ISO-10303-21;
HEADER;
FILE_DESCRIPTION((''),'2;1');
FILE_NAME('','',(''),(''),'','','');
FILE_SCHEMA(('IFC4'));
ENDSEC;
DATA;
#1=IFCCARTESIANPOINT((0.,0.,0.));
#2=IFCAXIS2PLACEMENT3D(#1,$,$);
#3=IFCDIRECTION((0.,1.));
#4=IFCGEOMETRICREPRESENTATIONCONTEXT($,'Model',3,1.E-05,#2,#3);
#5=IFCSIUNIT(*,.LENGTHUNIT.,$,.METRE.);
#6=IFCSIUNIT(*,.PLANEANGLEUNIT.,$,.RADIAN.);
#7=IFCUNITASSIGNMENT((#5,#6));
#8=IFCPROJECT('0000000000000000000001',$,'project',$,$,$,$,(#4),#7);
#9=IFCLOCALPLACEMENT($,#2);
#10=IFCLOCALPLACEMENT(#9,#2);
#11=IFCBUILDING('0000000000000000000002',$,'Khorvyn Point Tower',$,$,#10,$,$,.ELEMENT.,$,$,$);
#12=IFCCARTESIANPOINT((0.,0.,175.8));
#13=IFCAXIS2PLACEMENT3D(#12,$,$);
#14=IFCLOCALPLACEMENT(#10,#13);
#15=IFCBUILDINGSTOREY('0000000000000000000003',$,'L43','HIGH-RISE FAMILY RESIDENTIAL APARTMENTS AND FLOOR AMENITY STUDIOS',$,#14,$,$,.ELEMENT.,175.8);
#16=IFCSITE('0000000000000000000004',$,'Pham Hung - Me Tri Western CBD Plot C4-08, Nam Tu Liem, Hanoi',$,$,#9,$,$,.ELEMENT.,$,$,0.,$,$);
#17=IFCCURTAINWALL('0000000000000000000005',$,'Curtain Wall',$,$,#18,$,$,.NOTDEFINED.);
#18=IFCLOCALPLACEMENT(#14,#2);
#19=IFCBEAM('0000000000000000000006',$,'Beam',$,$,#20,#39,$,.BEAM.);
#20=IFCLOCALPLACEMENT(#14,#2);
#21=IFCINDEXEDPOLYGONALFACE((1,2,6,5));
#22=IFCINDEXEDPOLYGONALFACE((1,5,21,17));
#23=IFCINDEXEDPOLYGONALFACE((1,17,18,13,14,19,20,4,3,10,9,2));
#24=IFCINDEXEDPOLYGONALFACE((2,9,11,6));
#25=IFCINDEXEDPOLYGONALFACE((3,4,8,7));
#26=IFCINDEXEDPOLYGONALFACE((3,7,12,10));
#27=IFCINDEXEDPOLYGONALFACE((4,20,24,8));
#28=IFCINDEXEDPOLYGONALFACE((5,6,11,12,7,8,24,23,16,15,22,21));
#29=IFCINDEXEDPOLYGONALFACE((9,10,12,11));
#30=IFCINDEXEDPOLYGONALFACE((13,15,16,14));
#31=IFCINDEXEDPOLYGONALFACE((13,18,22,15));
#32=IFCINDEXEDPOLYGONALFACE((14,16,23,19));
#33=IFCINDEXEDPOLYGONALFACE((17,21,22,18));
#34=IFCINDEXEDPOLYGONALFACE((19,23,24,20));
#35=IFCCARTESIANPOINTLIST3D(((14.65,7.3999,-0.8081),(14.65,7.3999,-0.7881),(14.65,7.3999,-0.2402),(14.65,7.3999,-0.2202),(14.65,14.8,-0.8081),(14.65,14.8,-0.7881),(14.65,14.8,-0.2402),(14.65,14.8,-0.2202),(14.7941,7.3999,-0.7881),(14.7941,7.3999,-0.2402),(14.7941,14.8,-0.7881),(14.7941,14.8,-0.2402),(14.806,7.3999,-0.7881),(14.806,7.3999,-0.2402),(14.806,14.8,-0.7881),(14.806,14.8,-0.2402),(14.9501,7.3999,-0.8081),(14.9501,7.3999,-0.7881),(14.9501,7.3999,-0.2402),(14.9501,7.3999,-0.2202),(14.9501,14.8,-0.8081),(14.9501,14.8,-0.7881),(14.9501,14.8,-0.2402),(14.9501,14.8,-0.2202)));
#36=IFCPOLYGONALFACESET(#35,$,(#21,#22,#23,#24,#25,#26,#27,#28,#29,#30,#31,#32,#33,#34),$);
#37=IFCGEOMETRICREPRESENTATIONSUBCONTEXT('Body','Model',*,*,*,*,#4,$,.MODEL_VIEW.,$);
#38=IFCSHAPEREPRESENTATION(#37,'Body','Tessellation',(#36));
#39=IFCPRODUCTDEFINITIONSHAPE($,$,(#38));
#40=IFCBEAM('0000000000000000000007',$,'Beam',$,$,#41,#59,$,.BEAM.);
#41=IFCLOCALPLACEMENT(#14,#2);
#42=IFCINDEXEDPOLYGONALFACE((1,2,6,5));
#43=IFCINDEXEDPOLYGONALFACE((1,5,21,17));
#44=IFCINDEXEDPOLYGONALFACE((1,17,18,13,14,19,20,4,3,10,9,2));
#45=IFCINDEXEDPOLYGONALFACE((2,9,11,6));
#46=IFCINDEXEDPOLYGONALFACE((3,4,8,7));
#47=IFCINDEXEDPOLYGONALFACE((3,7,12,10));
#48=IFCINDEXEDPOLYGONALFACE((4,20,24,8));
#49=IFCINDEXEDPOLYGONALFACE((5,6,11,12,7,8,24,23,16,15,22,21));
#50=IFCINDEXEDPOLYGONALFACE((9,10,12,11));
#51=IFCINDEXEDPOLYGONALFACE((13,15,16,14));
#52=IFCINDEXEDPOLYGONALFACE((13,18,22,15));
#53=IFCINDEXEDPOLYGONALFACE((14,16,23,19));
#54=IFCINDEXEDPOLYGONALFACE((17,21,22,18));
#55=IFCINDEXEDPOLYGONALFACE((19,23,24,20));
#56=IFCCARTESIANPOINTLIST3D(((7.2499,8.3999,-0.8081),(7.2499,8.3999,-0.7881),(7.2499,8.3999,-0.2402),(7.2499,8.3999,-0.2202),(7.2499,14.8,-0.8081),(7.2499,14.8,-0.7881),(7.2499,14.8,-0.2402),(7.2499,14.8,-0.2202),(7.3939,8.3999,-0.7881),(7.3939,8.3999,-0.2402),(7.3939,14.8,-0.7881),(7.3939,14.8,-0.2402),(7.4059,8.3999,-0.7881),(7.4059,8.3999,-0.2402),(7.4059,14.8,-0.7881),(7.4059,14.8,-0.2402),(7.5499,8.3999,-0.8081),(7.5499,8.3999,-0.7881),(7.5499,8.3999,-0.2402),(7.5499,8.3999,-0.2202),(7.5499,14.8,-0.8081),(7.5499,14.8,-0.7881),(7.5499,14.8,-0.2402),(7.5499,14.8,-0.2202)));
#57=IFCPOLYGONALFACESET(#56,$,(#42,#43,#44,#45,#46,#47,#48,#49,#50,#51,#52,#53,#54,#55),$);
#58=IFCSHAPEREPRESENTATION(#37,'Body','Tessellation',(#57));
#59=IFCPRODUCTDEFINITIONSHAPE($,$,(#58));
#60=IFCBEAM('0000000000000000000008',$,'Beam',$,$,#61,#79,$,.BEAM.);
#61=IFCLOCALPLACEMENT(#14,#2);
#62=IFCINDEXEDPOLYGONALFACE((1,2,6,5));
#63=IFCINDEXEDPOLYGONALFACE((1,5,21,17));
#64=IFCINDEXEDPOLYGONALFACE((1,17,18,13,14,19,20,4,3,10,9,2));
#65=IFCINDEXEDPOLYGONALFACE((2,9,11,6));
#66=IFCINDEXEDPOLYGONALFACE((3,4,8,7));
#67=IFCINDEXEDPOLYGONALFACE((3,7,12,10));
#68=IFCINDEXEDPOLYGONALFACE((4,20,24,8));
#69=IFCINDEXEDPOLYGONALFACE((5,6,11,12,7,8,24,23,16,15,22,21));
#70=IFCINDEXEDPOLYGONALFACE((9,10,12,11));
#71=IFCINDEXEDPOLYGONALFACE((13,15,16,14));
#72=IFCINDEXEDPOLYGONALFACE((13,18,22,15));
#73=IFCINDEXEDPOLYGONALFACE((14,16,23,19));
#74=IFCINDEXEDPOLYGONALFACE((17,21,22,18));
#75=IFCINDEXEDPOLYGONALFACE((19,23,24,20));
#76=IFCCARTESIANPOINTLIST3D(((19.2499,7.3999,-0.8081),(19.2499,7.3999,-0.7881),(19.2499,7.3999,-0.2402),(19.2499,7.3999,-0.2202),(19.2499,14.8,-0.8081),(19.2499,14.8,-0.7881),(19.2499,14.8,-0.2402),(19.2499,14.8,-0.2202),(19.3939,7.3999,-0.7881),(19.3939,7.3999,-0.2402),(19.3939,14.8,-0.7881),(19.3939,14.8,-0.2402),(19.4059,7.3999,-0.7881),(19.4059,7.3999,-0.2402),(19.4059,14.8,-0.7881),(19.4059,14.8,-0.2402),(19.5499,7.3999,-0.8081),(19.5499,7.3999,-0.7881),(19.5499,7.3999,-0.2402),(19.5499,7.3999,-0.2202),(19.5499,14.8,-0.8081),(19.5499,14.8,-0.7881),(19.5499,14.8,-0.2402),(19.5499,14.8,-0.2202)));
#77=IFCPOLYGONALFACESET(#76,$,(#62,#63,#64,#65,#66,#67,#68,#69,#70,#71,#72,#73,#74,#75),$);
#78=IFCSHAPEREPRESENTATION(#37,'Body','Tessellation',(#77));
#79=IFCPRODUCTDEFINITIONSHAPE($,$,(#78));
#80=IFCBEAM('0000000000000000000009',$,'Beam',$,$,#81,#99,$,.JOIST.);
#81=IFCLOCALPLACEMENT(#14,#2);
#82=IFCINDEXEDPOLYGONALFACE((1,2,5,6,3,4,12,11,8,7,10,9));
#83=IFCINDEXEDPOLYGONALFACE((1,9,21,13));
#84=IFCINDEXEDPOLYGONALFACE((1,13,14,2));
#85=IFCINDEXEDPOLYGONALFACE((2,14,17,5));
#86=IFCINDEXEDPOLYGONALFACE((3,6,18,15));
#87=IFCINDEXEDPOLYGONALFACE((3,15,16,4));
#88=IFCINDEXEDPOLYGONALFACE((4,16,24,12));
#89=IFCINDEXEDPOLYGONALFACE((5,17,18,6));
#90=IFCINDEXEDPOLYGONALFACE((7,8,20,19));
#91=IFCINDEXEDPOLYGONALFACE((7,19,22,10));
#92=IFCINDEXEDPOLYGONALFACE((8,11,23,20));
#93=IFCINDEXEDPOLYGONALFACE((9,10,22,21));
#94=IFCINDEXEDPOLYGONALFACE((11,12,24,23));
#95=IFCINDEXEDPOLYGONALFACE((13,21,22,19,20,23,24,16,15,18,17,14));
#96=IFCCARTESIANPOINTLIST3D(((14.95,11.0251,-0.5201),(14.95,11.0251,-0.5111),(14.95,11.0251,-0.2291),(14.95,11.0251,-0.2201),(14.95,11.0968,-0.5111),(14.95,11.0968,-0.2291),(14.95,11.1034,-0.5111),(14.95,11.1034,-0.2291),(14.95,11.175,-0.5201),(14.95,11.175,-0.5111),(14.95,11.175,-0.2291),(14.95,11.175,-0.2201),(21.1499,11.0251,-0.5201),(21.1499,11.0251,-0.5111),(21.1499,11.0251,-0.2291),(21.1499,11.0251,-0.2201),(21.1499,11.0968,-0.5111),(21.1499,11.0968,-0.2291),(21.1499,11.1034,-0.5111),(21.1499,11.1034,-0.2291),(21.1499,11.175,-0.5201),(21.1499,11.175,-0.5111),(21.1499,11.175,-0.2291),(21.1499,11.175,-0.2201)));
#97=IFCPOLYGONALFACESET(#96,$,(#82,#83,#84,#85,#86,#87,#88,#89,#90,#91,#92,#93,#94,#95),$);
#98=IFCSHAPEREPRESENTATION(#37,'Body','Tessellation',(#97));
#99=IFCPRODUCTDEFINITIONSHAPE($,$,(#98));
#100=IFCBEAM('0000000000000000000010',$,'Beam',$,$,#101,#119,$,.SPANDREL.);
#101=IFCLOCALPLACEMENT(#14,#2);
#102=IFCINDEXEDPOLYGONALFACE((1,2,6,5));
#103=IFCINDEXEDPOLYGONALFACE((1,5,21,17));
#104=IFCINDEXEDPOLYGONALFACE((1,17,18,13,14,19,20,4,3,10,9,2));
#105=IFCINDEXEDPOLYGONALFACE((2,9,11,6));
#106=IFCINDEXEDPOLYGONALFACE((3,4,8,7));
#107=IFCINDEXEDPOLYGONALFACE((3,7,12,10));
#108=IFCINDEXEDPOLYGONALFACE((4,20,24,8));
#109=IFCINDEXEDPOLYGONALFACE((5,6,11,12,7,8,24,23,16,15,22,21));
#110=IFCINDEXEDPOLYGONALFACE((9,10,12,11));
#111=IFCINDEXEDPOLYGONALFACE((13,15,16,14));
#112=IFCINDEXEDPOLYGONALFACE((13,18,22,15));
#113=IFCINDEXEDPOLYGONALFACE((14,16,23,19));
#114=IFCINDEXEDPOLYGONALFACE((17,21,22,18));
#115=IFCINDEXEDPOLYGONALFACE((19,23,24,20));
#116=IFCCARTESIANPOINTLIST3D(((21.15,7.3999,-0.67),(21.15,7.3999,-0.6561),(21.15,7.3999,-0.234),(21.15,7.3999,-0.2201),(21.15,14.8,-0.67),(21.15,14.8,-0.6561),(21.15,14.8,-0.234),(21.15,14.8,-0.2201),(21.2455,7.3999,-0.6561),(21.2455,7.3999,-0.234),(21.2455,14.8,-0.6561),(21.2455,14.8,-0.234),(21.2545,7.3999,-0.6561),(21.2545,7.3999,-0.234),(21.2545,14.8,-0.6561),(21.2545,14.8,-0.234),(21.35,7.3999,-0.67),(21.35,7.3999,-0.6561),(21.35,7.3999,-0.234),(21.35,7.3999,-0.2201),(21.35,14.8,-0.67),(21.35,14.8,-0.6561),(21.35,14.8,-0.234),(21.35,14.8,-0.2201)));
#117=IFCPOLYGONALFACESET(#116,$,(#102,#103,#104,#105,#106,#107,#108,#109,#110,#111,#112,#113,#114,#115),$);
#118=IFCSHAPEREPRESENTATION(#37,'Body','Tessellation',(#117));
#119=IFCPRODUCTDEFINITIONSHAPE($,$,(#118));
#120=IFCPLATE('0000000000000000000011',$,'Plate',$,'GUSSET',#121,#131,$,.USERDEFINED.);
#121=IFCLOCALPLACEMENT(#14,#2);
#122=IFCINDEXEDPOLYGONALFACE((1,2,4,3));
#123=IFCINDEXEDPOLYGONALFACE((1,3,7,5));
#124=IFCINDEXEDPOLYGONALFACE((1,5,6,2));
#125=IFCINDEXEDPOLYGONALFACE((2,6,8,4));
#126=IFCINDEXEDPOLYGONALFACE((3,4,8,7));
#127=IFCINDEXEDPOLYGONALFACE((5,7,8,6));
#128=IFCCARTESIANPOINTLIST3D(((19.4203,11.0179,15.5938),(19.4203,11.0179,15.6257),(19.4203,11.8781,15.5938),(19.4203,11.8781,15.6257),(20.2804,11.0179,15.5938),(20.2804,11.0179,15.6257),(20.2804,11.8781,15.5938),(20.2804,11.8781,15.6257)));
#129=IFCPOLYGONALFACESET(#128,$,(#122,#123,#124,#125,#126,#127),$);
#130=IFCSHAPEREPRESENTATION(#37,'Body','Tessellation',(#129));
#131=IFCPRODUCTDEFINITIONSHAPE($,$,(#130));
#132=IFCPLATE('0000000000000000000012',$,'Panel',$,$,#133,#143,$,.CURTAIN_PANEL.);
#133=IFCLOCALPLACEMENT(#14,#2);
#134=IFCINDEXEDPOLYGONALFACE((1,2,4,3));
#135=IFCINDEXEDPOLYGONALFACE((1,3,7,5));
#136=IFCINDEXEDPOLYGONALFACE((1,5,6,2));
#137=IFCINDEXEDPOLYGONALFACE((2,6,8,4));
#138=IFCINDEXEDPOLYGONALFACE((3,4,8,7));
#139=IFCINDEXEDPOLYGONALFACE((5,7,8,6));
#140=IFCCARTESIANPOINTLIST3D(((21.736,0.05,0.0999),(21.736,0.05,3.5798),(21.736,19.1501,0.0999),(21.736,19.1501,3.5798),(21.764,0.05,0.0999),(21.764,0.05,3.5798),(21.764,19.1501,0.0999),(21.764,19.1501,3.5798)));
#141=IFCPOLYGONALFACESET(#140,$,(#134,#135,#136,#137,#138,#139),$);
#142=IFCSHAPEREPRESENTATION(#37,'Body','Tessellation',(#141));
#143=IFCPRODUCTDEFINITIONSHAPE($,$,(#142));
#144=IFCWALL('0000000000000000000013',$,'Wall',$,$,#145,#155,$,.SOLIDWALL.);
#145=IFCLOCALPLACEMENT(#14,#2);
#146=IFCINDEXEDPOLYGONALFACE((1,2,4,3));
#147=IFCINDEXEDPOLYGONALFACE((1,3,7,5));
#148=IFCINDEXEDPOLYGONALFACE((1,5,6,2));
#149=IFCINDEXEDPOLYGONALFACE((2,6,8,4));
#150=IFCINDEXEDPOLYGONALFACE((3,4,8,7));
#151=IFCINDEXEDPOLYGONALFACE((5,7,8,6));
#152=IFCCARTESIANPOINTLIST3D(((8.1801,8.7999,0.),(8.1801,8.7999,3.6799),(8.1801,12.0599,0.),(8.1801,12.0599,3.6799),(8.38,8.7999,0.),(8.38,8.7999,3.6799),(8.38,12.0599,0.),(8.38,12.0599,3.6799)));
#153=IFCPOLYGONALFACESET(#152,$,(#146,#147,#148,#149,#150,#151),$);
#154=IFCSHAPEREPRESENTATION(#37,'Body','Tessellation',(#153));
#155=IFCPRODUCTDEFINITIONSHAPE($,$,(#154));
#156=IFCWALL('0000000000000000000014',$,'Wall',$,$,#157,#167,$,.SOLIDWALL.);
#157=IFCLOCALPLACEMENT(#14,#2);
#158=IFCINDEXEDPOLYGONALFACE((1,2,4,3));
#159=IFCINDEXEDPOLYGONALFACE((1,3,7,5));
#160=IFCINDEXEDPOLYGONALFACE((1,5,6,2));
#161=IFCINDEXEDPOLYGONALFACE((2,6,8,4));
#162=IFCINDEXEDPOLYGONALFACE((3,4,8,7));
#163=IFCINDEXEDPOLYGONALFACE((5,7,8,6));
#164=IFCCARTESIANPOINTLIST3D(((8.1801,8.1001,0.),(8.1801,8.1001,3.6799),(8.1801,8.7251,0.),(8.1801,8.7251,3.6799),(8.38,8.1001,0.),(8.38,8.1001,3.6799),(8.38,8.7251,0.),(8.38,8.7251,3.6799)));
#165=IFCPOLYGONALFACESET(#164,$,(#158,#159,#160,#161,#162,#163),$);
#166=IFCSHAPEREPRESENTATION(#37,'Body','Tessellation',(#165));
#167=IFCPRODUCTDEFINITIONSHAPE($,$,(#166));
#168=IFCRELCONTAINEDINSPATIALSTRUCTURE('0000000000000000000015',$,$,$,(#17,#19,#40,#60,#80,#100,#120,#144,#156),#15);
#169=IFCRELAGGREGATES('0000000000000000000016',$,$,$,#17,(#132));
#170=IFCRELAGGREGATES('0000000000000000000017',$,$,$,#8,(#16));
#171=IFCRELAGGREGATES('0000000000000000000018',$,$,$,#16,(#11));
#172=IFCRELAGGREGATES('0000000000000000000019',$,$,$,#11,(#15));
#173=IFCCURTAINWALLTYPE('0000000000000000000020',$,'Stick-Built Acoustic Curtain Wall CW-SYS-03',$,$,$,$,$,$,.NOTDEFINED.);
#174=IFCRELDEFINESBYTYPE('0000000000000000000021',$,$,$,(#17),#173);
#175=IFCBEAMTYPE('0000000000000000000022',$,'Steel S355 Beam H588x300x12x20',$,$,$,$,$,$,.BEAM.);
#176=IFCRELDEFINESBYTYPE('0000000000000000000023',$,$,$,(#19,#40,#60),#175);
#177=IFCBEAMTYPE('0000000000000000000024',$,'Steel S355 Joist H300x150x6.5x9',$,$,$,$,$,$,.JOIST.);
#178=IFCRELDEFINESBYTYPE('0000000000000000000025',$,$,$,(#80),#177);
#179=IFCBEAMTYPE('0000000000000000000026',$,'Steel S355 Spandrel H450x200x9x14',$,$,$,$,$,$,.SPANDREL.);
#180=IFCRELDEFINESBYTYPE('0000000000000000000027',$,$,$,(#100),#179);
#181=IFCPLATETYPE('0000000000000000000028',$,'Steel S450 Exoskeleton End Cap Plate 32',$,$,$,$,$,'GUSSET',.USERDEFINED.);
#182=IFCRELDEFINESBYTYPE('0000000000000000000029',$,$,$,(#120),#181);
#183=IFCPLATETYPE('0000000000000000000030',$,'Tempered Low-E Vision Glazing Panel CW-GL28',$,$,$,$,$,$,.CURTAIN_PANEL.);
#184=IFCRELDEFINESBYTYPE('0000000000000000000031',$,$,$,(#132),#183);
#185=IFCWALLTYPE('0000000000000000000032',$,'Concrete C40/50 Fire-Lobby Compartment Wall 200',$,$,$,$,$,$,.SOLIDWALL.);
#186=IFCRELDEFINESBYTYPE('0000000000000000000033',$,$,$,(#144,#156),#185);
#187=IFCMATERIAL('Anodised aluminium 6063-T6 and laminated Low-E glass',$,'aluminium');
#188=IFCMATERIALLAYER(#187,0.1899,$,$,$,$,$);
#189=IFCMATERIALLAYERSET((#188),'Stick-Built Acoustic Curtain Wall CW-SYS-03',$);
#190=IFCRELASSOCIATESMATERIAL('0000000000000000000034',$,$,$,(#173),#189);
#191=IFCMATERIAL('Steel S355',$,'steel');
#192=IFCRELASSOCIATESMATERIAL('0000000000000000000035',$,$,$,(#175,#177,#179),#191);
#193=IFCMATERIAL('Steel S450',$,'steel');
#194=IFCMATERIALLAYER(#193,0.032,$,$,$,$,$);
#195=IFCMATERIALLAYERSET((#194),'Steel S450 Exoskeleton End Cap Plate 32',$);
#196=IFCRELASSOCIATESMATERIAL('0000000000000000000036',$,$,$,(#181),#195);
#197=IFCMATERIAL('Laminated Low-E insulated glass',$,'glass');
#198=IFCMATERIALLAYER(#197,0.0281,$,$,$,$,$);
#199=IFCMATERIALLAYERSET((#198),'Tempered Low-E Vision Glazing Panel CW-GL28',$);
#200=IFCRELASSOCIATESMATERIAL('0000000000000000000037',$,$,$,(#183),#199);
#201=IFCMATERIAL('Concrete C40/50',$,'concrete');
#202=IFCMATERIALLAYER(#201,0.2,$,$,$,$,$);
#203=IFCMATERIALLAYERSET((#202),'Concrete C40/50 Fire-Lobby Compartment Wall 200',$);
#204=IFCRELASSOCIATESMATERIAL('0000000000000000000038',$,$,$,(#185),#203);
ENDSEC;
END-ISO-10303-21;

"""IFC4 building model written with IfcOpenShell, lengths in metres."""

from ifc_helpers import new_model, si_unit, direction, frame, frame_2d, origin, origin_2d, place, context, subcontext, project, spatial, rectangle, i_section, extrude, material, layer, layer_set, material_profile, profile_set, type_object, element, aggregate, save


model = new_model("IFC4")

# Units and contexts
model_context = context("Model", 3, precision=1e-05, world=origin(), true_north=direction((0.0, 1.0)))
body_context = subcontext(model_context, "Body", "Model", "MODEL_VIEW")
ifc_project = project(units=[si_unit("LENGTHUNIT", "METRE"), si_unit("PLANEANGLEUNIT", "RADIAN")], contexts=[model_context])

# Site, building, storey
site_placement = place(None, origin())
site = spatial("IfcSite", under=ifc_project, at=site_placement, Name="Pham Hung - Me Tri Western CBD Plot C4-08, Nam Tu Liem, Hanoi", CompositionType="ELEMENT", RefElevation=0.0)
building_placement = place(site_placement, origin())
building = spatial("IfcBuilding", under=site, at=building_placement, Name="Khorvyn Point Tower", CompositionType="ELEMENT")
storey_placement = place(building_placement, frame((0.0, 0.0, 175.8)))
storey = spatial("IfcBuildingStorey", under=building, at=storey_placement, Name="L43", Description="HIGH-RISE FAMILY RESIDENTIAL APARTMENTS AND FLOOR AMENITY STUDIOS", CompositionType="ELEMENT", Elevation=175.8)

# Shared definitions
ifc_material_1 = material(Name="Steel S450", Category="steel")

# Curtain wall
ifc_material_2 = material(Name="Anodised aluminium 6063-T6 and laminated Low-E glass", Category="aluminium")
ifc_layer_1 = layer(ifc_material_2, 0.1899)
ifc_layer_set_1 = layer_set([ifc_layer_1], Name="Stick-Built Acoustic Curtain Wall CW-SYS-03")
curtain_wall_type = type_object("IfcCurtainWallType", Name="Stick-Built Acoustic Curtain Wall CW-SYS-03", PredefinedType="NOTDEFINED", material=ifc_layer_set_1)
curtain_wall_placement = place(storey_placement, origin())
curtain_wall = element("IfcCurtainWall", 1, at=curtain_wall_placement, inside=storey, type_object=curtain_wall_type, Name="Curtain Wall", PredefinedType="NOTDEFINED")

# Beams
ifc_material_3 = material(Name="Steel S355", Category="steel")
ifc_material_profile_1 = material_profile(ifc_material_3, i_section(OverallWidth=0.3, OverallDepth=0.5879, WebThickness=0.012, FlangeThickness=0.02, at=origin_2d()))
ifc_profile_set_1 = profile_set([ifc_material_profile_1], Name="Steel S355 H588x300x12x20")
beam_type_1 = type_object("IfcBeamType", Name="Steel S355 Beam H588x300x12x20", PredefinedType="BEAM", material=ifc_profile_set_1)
beam_1_placement = place(storey_placement, frame((14.8, 7.3999, -0.5142), z_axis=(0.0, 1.0, 0.0), x_axis=(-1.0, 0.0, 0.0)))
element("IfcBeam", 2, at=beam_1_placement, inside=storey, type_object=beam_type_1, Name="Beam", PredefinedType="BEAM", context=body_context, shape_type="SweptSolid", body=[
    extrude(i_section(OverallWidth=0.3, OverallDepth=0.5879, WebThickness=0.012, FlangeThickness=0.02, at=origin_2d()), origin(), (0.0, 0.0, 1.0), 7.4001),
])
beam_2_placement = place(storey_placement, frame((7.3999, 8.3999, -0.5142), z_axis=(0.0, 1.0, 0.0), x_axis=(-1.0, 0.0, 0.0)))
element("IfcBeam", 3, at=beam_2_placement, inside=storey, type_object=beam_type_1, Name="Beam", PredefinedType="BEAM", context=body_context, shape_type="SweptSolid", body=[
    extrude(i_section(OverallWidth=0.3, OverallDepth=0.5879, WebThickness=0.012, FlangeThickness=0.02, at=origin_2d()), origin(), (0.0, 0.0, 1.0), 6.4001),
])
beam_3_placement = place(storey_placement, frame((19.3999, 7.3999, -0.5142), z_axis=(0.0, 1.0, 0.0), x_axis=(-1.0, 0.0, 0.0)))
element("IfcBeam", 4, at=beam_3_placement, inside=storey, type_object=beam_type_1, Name="Beam", PredefinedType="BEAM", context=body_context, shape_type="SweptSolid", body=[
    extrude(i_section(OverallWidth=0.3, OverallDepth=0.5879, WebThickness=0.012, FlangeThickness=0.02, at=origin_2d()), origin(), (0.0, 0.0, 1.0), 7.4001),
])
ifc_material_profile_2 = material_profile(ifc_material_3, i_section(OverallWidth=0.1499, OverallDepth=0.3, WebThickness=0.0066, FlangeThickness=0.009, at=origin_2d()))
ifc_profile_set_2 = profile_set([ifc_material_profile_2], Name="Steel S355 H300x150x6.5x9")
beam_type_2 = type_object("IfcBeamType", Name="Steel S355 Joist H300x150x6.5x9", PredefinedType="JOIST", material=ifc_profile_set_2)
beam_4_placement = place(storey_placement, frame((14.95, 11.1001, -0.3701), z_axis=(1.0, 0.0, 0.0), x_axis=(0.0, 1.0, 0.0)))
element("IfcBeam", 5, at=beam_4_placement, inside=storey, type_object=beam_type_2, Name="Beam", PredefinedType="JOIST", context=body_context, shape_type="SweptSolid", body=[
    extrude(i_section(OverallWidth=0.1499, OverallDepth=0.3, WebThickness=0.0066, FlangeThickness=0.009, at=origin_2d()), origin(), (0.0, 0.0, 1.0), 6.2),
])
ifc_material_profile_3 = material_profile(ifc_material_3, i_section(OverallWidth=0.2, OverallDepth=0.45, WebThickness=0.009, FlangeThickness=0.0139, at=origin_2d()))
ifc_profile_set_3 = profile_set([ifc_material_profile_3], Name="Steel S355 H450x200x9x14")
beam_type_3 = type_object("IfcBeamType", Name="Steel S355 Spandrel H450x200x9x14", PredefinedType="SPANDREL", material=ifc_profile_set_3)
beam_5_placement = place(storey_placement, frame((21.25, 7.3999, -0.4451), z_axis=(0.0, 1.0, 0.0), x_axis=(-1.0, 0.0, 0.0)))
element("IfcBeam", 6, at=beam_5_placement, inside=storey, type_object=beam_type_3, Name="Beam", PredefinedType="SPANDREL", context=body_context, shape_type="SweptSolid", body=[
    extrude(i_section(OverallWidth=0.2, OverallDepth=0.45, WebThickness=0.009, FlangeThickness=0.0139, at=origin_2d()), origin(), (0.0, 0.0, 1.0), 7.4001),
])

# Plates
ifc_layer_2 = layer(ifc_material_1, 0.032)
ifc_layer_set_2 = layer_set([ifc_layer_2], Name="Steel S450 Exoskeleton End Cap Plate 32")
plate_type_1 = type_object("IfcPlateType", Name="Steel S450 Exoskeleton End Cap Plate 32", ElementType="GUSSET", PredefinedType="USERDEFINED", material=ifc_layer_set_2)
plate_1_placement = place(storey_placement, frame((19.8503, 11.448, 15.5938), z_axis=(0.0, 0.0, 1.0), x_axis=(1.0, 0.0, 0.0)))
element("IfcPlate", 7, at=plate_1_placement, inside=storey, type_object=plate_type_1, Name="Plate", ObjectType="GUSSET", PredefinedType="USERDEFINED", context=body_context, shape_type="SweptSolid", body=[
    extrude(rectangle(XDim=0.8601, YDim=0.8601, at=origin_2d()), origin(), (0.0, 0.0, 1.0), 0.032),
])
ifc_material_4 = material(Name="Laminated Low-E insulated glass", Category="glass")
ifc_layer_3 = layer(ifc_material_4, 0.0281)
ifc_layer_set_3 = layer_set([ifc_layer_3], Name="Tempered Low-E Vision Glazing Panel CW-GL28")
plate_type_2 = type_object("IfcPlateType", Name="Tempered Low-E Vision Glazing Panel CW-GL28", PredefinedType="CURTAIN_PANEL", material=ifc_layer_set_3)
plate_2_placement = place(storey_placement, frame((21.75, 9.6001, 0.0999), z_axis=(0.0, 0.0, 1.0), x_axis=(0.0, -1.0, 0.0)))
plate_2 = element("IfcPlate", 8, at=plate_2_placement, type_object=plate_type_2, Name="Panel", PredefinedType="CURTAIN_PANEL", context=body_context, shape_type="SweptSolid", body=[
    extrude(rectangle(XDim=19.1001, YDim=0.0281, at=origin_2d()), origin(), (0.0, 0.0, 1.0), 3.48),
])
aggregate(curtain_wall, [plate_2])

# Walls
ifc_material_5 = material(Name="Concrete C40/50", Category="concrete")
ifc_layer_4 = layer(ifc_material_5, 0.2)
ifc_layer_set_4 = layer_set([ifc_layer_4], Name="Concrete C40/50 Fire-Lobby Compartment Wall 200")
wall_type_1 = type_object("IfcWallType", Name="Concrete C40/50 Fire-Lobby Compartment Wall 200", PredefinedType="SOLIDWALL", material=ifc_layer_set_4)
wall_1_placement = place(storey_placement, frame((8.28, 8.8, 0.0), z_axis=(0.0, 0.0, 1.0), x_axis=(0.0, 1.0, 0.0)))
element("IfcWall", 9, at=wall_1_placement, inside=storey, type_object=wall_type_1, Name="Wall", PredefinedType="SOLIDWALL", context=body_context, shape_type="SweptSolid", body=[
    extrude(rectangle(XDim=3.26, YDim=0.2, at=frame_2d((1.6299, 0.0))), origin(), (0.0, 0.0, 1.0), 3.6799),
])
wall_2_placement = place(storey_placement, frame((8.28, 8.1001, 0.0), z_axis=(0.0, 0.0, 1.0), x_axis=(0.0, 1.0, 0.0)))
element("IfcWall", 10, at=wall_2_placement, inside=storey, type_object=wall_type_1, Name="Wall", PredefinedType="SOLIDWALL", context=body_context, shape_type="SweptSolid", body=[
    extrude(rectangle(XDim=0.625, YDim=0.2, at=frame_2d((0.3125, 0.0))), origin(), (0.0, 0.0, 1.0), 3.6799),
])

save(model, "model.ifc")
